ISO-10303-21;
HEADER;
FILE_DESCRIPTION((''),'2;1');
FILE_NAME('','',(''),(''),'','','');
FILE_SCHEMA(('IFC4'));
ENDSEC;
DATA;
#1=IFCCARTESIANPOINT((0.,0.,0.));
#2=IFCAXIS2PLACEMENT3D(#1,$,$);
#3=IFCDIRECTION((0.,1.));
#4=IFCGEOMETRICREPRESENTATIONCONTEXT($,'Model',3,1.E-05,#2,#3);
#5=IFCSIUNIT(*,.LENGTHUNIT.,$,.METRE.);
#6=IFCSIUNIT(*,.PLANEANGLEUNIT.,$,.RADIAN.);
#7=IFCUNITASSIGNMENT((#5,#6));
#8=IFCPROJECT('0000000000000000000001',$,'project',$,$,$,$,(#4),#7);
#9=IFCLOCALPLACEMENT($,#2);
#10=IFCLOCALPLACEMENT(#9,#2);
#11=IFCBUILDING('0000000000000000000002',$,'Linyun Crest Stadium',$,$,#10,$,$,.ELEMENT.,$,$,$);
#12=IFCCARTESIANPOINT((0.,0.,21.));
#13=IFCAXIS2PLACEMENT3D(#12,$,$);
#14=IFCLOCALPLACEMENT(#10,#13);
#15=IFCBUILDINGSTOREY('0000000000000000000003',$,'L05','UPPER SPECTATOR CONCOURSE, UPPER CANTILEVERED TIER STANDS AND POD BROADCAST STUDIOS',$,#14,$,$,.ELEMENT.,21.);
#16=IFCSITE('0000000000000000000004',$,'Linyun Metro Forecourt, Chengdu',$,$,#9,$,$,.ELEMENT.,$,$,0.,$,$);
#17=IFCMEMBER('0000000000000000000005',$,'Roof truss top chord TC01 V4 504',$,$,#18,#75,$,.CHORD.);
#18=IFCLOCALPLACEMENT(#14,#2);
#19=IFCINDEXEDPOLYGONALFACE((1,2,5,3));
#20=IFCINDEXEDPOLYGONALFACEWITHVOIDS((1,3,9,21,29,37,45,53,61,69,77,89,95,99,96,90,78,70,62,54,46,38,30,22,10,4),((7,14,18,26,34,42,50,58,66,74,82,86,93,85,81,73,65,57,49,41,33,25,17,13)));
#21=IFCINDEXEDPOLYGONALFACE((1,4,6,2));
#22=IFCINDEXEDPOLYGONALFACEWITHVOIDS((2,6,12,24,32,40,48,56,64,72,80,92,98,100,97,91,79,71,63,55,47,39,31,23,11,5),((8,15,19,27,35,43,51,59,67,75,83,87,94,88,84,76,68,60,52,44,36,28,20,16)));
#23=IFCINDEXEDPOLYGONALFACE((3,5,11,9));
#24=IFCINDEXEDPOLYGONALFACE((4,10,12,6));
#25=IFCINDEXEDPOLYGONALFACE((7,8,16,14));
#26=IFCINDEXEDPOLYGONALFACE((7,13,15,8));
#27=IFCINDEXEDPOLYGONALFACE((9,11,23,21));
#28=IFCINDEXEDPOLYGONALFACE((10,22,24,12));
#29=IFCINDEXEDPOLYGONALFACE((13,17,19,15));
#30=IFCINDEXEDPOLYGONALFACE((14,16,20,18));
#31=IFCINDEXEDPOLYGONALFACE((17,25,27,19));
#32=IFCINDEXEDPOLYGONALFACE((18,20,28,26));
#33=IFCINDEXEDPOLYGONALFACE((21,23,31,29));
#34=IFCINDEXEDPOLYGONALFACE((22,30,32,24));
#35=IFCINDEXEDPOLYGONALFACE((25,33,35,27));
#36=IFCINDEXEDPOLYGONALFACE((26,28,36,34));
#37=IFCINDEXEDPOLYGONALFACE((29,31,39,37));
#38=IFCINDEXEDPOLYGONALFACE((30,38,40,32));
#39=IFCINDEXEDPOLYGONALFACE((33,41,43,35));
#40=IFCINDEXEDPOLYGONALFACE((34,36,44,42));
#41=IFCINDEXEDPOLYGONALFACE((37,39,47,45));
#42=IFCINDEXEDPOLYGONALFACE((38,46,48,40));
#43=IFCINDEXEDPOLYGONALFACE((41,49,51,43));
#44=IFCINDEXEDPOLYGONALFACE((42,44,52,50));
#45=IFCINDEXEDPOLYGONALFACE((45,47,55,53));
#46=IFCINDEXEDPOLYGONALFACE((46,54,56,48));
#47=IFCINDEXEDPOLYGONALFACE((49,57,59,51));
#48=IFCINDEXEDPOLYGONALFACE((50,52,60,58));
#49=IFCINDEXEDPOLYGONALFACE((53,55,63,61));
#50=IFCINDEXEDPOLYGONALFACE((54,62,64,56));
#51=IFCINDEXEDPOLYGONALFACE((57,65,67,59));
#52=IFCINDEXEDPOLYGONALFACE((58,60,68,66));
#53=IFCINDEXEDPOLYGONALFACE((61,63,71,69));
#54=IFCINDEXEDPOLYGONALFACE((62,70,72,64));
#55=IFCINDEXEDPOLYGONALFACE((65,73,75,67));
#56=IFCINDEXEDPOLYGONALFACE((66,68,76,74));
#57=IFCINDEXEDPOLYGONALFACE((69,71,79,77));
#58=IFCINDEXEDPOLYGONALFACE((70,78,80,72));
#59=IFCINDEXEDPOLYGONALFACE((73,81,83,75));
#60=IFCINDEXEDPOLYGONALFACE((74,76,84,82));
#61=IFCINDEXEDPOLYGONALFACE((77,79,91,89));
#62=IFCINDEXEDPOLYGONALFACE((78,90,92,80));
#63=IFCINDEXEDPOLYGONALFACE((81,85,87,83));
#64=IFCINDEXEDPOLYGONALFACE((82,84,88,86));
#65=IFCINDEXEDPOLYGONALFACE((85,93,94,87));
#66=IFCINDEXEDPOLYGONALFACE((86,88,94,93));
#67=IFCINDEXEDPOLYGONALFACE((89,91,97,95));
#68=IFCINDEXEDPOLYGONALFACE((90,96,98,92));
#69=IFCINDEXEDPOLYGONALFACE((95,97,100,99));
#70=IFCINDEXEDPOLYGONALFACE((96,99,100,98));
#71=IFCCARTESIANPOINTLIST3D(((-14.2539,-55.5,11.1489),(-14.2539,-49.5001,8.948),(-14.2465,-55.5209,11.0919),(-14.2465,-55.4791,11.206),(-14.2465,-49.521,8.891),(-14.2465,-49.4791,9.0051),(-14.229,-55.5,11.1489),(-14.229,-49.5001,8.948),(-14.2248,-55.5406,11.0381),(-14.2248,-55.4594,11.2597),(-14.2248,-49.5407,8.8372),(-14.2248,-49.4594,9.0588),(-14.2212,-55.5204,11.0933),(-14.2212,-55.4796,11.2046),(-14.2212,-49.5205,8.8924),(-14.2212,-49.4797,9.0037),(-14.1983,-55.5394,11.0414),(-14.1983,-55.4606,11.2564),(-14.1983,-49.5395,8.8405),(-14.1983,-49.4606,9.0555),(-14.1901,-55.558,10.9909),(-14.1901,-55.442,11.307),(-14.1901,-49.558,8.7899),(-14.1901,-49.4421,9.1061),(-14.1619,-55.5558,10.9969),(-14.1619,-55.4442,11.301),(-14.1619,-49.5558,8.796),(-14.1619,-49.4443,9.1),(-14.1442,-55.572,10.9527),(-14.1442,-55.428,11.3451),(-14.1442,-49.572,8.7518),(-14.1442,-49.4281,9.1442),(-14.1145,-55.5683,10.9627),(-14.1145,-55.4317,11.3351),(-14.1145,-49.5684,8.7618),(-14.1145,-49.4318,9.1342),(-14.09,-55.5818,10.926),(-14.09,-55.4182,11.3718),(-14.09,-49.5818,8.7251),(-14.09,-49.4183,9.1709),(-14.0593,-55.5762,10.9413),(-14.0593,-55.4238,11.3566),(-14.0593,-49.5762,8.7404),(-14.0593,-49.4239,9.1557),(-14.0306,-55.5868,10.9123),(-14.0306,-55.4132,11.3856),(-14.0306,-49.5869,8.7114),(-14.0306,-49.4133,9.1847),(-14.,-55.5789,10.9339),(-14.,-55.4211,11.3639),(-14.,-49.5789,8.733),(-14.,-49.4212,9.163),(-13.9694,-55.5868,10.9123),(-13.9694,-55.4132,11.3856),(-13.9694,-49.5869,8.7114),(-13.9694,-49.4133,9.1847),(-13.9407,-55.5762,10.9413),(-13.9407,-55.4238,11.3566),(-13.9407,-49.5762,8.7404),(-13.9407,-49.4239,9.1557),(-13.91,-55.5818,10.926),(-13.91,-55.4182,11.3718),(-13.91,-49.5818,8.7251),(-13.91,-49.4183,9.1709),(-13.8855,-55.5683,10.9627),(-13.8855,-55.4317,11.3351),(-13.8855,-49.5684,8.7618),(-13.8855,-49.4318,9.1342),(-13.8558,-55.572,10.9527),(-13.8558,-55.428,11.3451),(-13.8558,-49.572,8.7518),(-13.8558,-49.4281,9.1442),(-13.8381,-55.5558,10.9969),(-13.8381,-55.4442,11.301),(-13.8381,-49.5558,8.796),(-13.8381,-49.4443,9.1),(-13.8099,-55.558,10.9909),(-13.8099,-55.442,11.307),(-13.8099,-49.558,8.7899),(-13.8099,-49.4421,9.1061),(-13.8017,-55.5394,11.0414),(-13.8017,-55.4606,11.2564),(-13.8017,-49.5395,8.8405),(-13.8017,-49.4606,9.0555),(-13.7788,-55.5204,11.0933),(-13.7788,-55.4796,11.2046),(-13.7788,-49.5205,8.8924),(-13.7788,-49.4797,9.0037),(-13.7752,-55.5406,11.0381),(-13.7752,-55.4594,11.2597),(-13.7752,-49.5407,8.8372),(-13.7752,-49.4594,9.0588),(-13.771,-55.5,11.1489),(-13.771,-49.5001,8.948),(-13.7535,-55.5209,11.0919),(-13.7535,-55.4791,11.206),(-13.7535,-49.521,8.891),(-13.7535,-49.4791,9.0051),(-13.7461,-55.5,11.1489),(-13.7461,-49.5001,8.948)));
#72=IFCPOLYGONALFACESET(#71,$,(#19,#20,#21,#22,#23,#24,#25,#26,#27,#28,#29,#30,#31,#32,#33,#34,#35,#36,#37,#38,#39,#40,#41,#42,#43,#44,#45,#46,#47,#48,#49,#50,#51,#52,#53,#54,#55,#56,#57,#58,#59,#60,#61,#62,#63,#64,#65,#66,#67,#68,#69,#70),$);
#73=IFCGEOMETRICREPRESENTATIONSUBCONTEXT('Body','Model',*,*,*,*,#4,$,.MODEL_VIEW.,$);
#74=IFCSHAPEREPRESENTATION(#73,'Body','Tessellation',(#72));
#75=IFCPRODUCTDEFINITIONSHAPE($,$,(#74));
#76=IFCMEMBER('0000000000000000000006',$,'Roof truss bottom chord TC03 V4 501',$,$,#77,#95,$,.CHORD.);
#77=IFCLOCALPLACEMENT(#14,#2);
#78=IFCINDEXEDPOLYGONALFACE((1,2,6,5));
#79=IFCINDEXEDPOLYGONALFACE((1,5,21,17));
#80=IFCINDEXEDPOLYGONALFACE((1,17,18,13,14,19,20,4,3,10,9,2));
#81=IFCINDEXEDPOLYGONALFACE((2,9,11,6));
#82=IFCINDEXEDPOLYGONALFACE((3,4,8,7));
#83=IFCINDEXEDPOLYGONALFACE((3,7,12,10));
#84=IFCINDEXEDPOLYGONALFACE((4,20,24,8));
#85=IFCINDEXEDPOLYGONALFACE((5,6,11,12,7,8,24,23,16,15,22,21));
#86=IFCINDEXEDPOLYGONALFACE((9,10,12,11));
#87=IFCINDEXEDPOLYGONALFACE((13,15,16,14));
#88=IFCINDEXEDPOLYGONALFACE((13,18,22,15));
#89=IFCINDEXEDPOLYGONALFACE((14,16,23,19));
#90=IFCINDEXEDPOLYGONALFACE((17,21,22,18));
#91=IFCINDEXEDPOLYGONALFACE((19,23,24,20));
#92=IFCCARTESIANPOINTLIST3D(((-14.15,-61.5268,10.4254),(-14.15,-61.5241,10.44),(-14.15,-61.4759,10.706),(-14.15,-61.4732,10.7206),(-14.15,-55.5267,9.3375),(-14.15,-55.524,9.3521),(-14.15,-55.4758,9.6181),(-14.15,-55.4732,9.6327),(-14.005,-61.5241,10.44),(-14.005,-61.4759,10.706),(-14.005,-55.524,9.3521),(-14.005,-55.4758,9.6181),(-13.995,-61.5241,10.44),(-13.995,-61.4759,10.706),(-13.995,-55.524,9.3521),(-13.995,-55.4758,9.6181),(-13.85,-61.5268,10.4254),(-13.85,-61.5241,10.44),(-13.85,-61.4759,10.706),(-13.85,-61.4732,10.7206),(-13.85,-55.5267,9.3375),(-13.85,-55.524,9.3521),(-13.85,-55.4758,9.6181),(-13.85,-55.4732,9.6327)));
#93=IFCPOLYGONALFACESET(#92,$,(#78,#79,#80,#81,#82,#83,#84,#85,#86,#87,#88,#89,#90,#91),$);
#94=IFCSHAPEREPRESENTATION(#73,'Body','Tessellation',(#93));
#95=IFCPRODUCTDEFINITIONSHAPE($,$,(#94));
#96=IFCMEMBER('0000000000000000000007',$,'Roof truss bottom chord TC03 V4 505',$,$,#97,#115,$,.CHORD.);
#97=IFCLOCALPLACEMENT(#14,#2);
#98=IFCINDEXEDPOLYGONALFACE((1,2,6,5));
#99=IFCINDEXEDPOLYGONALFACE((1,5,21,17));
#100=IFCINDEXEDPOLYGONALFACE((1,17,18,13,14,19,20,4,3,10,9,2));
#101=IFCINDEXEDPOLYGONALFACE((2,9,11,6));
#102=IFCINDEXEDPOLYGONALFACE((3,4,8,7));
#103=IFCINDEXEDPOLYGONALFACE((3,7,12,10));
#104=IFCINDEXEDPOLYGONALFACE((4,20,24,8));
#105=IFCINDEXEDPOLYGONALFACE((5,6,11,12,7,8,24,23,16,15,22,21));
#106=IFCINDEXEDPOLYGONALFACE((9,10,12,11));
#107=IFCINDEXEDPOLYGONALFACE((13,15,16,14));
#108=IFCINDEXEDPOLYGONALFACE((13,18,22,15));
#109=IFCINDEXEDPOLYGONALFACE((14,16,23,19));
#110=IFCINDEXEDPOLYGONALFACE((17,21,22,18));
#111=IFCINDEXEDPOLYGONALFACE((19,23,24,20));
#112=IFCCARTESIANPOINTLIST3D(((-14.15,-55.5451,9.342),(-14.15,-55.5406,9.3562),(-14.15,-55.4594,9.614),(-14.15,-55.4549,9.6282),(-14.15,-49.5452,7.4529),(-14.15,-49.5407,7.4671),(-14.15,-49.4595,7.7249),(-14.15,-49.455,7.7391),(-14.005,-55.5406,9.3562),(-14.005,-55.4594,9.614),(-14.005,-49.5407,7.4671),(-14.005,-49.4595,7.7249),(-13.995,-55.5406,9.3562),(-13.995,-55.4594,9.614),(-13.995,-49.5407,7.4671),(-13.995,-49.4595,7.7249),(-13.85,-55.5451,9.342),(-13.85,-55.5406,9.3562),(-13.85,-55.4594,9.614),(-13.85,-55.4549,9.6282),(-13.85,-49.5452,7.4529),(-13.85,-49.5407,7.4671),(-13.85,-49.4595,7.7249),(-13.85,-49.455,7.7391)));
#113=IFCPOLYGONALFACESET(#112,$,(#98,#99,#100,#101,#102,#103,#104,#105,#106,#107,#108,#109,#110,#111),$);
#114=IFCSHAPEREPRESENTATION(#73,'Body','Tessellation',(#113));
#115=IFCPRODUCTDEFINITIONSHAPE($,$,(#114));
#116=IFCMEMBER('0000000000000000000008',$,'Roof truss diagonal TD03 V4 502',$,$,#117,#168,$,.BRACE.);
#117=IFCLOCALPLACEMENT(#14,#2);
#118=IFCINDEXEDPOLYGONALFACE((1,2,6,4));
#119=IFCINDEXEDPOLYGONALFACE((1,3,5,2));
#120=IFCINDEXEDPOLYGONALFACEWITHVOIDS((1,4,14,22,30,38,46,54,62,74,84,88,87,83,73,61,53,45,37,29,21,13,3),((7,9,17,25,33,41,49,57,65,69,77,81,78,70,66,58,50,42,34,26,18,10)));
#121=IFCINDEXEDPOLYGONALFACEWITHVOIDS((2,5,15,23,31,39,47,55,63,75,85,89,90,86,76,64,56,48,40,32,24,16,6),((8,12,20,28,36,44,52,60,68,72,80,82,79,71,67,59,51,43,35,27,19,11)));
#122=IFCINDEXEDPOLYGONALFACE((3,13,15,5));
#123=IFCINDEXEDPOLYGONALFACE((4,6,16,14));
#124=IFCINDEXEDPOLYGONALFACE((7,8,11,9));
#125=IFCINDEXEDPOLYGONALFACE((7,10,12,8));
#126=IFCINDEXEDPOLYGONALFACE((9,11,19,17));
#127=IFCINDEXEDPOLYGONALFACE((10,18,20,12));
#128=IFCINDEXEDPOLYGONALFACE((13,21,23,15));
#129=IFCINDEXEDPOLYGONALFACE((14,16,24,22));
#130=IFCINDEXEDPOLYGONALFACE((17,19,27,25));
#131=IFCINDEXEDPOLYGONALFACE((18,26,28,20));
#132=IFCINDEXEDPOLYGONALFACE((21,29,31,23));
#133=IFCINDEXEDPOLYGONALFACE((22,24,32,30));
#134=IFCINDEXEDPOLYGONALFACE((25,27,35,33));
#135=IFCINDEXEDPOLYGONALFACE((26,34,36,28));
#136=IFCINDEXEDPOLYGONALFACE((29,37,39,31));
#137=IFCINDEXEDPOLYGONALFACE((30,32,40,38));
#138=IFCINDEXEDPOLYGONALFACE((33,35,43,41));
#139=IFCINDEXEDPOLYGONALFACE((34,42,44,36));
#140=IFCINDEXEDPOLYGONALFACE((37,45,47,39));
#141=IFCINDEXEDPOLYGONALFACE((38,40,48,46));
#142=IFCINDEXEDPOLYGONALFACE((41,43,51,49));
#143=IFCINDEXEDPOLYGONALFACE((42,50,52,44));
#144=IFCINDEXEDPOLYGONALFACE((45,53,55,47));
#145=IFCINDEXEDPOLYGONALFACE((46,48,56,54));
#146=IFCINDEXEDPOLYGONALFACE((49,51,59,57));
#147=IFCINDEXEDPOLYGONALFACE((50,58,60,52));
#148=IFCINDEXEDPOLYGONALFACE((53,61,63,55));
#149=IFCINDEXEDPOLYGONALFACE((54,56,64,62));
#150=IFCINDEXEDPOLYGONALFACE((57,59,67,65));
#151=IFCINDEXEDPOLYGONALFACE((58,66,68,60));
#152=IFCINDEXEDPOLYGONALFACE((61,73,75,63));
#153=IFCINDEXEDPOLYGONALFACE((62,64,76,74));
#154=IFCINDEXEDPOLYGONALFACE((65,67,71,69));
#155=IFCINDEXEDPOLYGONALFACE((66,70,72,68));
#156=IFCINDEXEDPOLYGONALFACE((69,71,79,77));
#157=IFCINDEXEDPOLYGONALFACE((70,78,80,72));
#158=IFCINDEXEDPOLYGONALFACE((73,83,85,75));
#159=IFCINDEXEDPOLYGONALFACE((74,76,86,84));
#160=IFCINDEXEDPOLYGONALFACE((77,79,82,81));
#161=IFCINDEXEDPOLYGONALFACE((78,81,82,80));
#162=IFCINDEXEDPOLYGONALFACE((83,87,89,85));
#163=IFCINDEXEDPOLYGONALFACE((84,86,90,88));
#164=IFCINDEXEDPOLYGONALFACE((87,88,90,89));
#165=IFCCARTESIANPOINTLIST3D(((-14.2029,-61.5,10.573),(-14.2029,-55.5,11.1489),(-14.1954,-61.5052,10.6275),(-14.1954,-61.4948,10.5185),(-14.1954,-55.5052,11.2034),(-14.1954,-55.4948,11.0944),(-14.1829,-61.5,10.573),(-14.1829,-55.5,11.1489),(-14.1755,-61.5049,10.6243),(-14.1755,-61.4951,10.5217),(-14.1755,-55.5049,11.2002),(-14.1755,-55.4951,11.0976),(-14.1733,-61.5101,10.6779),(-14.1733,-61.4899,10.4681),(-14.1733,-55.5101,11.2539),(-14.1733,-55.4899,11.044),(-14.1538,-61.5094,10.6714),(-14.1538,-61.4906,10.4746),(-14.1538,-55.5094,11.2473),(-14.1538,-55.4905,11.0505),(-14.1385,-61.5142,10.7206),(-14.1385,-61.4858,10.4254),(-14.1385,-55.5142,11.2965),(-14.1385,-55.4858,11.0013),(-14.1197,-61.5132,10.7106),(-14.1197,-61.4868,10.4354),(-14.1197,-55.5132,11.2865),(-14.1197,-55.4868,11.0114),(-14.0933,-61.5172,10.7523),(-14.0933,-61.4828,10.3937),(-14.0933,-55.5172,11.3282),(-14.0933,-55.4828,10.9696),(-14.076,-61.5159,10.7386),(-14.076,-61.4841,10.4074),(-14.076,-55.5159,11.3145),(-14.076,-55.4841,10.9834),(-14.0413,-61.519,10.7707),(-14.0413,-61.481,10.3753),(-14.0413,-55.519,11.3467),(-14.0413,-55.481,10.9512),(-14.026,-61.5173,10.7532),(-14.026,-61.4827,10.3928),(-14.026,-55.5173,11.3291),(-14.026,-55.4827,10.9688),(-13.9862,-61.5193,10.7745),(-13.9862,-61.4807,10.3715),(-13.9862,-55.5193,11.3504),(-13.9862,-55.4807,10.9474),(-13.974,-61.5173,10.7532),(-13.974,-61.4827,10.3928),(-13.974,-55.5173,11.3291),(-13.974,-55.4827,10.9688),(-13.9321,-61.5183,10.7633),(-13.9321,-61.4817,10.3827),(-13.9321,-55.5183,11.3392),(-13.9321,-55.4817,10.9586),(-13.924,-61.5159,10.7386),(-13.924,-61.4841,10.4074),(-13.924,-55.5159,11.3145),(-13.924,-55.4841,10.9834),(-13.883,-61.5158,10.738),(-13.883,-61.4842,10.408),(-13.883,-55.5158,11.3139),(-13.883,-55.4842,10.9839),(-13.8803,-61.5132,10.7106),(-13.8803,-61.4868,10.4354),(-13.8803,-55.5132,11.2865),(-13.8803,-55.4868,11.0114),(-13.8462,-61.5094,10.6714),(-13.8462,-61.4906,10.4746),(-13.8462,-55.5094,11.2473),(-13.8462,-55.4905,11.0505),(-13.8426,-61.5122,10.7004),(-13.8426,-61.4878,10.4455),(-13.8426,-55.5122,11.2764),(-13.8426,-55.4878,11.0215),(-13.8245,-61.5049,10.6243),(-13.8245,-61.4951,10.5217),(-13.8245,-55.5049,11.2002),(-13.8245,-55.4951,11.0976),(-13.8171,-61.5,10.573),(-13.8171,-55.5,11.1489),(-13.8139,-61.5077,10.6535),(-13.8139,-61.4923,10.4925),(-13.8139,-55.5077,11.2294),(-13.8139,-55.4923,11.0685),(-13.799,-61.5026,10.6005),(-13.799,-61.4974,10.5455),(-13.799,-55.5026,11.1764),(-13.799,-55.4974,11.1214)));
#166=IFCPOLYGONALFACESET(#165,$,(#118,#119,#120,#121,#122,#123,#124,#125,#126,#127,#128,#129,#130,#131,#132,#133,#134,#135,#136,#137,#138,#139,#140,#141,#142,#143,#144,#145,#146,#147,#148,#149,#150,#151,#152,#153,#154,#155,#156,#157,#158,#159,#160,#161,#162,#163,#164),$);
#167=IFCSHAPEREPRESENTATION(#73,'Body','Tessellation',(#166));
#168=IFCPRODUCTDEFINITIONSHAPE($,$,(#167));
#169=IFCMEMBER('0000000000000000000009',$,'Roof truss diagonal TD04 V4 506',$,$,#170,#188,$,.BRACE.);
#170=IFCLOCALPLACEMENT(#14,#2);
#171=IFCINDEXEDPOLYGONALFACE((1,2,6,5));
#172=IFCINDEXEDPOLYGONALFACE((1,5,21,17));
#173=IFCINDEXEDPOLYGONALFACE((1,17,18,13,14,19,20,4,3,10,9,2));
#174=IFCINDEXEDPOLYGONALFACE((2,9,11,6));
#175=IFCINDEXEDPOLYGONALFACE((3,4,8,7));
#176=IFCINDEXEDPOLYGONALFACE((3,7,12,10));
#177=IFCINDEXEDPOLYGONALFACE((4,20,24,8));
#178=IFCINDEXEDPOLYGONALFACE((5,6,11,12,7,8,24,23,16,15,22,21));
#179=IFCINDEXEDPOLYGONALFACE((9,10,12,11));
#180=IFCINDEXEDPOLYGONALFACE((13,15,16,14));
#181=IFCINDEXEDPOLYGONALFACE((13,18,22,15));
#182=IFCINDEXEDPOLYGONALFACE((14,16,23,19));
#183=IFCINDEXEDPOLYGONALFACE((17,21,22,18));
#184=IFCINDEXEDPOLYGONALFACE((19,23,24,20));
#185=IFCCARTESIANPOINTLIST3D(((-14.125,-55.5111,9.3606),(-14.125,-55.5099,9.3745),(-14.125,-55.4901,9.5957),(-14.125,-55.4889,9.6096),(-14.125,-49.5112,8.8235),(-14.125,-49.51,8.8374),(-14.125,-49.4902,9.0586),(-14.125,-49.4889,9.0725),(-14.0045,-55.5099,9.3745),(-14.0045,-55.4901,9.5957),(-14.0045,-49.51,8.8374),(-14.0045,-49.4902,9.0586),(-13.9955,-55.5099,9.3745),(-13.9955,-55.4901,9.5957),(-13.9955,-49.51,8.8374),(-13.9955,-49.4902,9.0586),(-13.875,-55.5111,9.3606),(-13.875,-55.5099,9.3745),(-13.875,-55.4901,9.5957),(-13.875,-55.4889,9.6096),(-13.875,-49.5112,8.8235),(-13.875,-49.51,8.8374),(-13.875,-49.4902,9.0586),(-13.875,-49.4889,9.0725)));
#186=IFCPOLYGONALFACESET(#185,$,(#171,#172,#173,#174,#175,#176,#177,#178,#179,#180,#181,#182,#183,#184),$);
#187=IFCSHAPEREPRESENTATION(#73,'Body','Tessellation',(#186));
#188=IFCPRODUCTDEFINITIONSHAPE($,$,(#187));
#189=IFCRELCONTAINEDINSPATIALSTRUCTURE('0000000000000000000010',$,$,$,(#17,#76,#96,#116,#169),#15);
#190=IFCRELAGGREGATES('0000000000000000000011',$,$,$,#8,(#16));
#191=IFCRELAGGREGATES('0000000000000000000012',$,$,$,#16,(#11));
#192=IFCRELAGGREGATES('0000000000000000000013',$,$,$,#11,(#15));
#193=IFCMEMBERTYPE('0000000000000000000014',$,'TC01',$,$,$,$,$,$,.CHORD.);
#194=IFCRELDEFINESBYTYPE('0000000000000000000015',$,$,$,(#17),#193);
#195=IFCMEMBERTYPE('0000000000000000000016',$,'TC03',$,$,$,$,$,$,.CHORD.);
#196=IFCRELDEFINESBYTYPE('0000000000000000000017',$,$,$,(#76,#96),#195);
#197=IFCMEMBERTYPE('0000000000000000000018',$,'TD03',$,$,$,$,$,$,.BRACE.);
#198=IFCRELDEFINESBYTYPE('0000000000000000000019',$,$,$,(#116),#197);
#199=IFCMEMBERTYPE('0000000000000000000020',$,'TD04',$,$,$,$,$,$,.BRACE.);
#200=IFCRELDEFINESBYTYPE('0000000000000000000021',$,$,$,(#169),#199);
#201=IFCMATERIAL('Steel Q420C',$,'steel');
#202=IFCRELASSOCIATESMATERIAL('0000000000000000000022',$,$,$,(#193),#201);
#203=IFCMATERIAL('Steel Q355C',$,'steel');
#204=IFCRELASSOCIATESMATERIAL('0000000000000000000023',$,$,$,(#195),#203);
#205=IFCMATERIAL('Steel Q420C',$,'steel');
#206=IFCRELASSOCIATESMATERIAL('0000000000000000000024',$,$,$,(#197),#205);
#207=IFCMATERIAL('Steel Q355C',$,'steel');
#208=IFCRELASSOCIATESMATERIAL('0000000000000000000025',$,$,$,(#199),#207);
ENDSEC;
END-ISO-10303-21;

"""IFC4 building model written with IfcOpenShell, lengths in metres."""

from ifc_helpers import new_model, si_unit, direction, frame, origin, origin_2d, place, context, subcontext, project, spatial, hollow_circle, i_section, extrude, material, material_profile, profile_set, type_object, element, save


model = new_model("IFC4")

# Units and contexts
model_context = context("Model", 3, precision=1e-05, world=origin(), true_north=direction((0.0, 1.0)))
body_context = subcontext(model_context, "Body", "Model", "MODEL_VIEW")
ifc_project = project(units=[si_unit("LENGTHUNIT", "METRE"), si_unit("PLANEANGLEUNIT", "RADIAN")], contexts=[model_context])

# Site, building, storey
site_placement = place(None, origin())
site = spatial("IfcSite", under=ifc_project, at=site_placement, Name="Linyun Metro Forecourt, Chengdu", CompositionType="ELEMENT", RefElevation=0.0)
building_placement = place(site_placement, origin())
building = spatial("IfcBuilding", under=site, at=building_placement, Name="Linyun Crest Stadium", CompositionType="ELEMENT")
storey_placement = place(building_placement, frame((0.0, 0.0, 21.0)))
storey = spatial("IfcBuildingStorey", under=building, at=storey_placement, Name="L05", Description="UPPER SPECTATOR CONCOURSE, UPPER CANTILEVERED TIER STANDS AND POD BROADCAST STUDIOS", CompositionType="ELEMENT", Elevation=21.0)

# Members
ifc_material_1 = material(Name="Steel Q420C", Category="steel")
ifc_material_profile_1 = material_profile(ifc_material_1, hollow_circle(Radius=0.2539, WallThickness=0.0249, at=origin_2d()), Name="CHS 508x25")
ifc_profile_set_1 = profile_set([ifc_material_profile_1], Name="Steel Q420C")
member_type_1 = type_object("IfcMemberType", Name="TC01", PredefinedType="CHORD", material=ifc_profile_set_1)
member_1_placement = place(storey_placement, frame((-14.0, -55.5, 11.1489), z_axis=(0.0, 0.938829, -0.344383), x_axis=(-1.0, 0.0, 0.0)))
element("IfcMember", 1, at=member_1_placement, inside=storey, type_object=member_type_1, Name="Roof truss top chord TC01 V4 504", PredefinedType="CHORD", context=body_context, shape_type="SweptSolid", body=[
    extrude(hollow_circle(Radius=0.2539, WallThickness=0.0249, at=origin_2d()), origin(), (0.0, 0.0, 1.0), 6.3909),
])
ifc_material_2 = material(Name="Steel Q355C", Category="steel")
ifc_material_profile_2 = material_profile(ifc_material_2, i_section(OverallWidth=0.3, OverallDepth=0.3, WebThickness=0.01, FlangeThickness=0.0149, at=origin_2d()), Name="HW 300x300")
ifc_profile_set_2 = profile_set([ifc_material_profile_2], Name="Steel Q355C")
member_type_2 = type_object("IfcMemberType", Name="TC03", PredefinedType="CHORD", material=ifc_profile_set_2)
member_2_placement = place(storey_placement, frame((-14.0, -61.5, 10.573), z_axis=(0.0, 0.983957, -0.178406), x_axis=(-1.0, 0.0, 0.0)))
element("IfcMember", 2, at=member_2_placement, inside=storey, type_object=member_type_2, Name="Roof truss bottom chord TC03 V4 501", PredefinedType="CHORD", context=body_context, shape_type="SweptSolid", body=[
    extrude(i_section(OverallWidth=0.3, OverallDepth=0.3, WebThickness=0.01, FlangeThickness=0.0149, at=origin_2d()), origin(), (0.0, 0.0, 1.0), 6.0979),
])
member_3_placement = place(storey_placement, frame((-14.0, -55.5, 9.4851), z_axis=(0.0, 0.953837, -0.300325), x_axis=(-1.0, 0.0, 0.0)))
element("IfcMember", 3, at=member_3_placement, inside=storey, type_object=member_type_2, Name="Roof truss bottom chord TC03 V4 505", PredefinedType="CHORD", context=body_context, shape_type="SweptSolid", body=[
    extrude(i_section(OverallWidth=0.3, OverallDepth=0.3, WebThickness=0.01, FlangeThickness=0.0149, at=origin_2d()), origin(), (0.0, 0.0, 1.0), 6.2903),
])
ifc_material_3 = material(Name="Steel Q420C", Category="steel")
ifc_material_profile_3 = material_profile(ifc_material_3, hollow_circle(Radius=0.2029, WallThickness=0.02, at=origin_2d()), Name="CHS 406x20")
ifc_profile_set_3 = profile_set([ifc_material_profile_3], Name="Steel Q420C")
member_type_3 = type_object("IfcMemberType", Name="TD03", PredefinedType="BRACE", material=ifc_profile_set_3)
member_4_placement = place(storey_placement, frame((-14.0, -61.5, 10.573), z_axis=(0.0, 0.995425, 0.095549), x_axis=(-1.0, 0.0, 0.0)))
element("IfcMember", 4, at=member_4_placement, inside=storey, type_object=member_type_3, Name="Roof truss diagonal TD03 V4 502", PredefinedType="BRACE", context=body_context, shape_type="SweptSolid", body=[
    extrude(hollow_circle(Radius=0.2029, WallThickness=0.02, at=origin_2d()), origin(), (0.0, 0.0, 1.0), 6.0276),
])
ifc_material_4 = material(Name="Steel Q355C", Category="steel")
ifc_material_profile_4 = material_profile(ifc_material_4, i_section(OverallWidth=0.25, OverallDepth=0.25, WebThickness=0.009, FlangeThickness=0.0139, at=origin_2d()), Name="HW 250x250")
ifc_profile_set_4 = profile_set([ifc_material_profile_4], Name="Steel Q355C")
member_type_4 = type_object("IfcMemberType", Name="TD04", PredefinedType="BRACE", material=ifc_profile_set_4)
member_5_placement = place(storey_placement, frame((-14.0, -55.5, 9.4851), z_axis=(0.0, 0.996017, -0.089162), x_axis=(-1.0, 0.0, 0.0)))
element("IfcMember", 5, at=member_5_placement, inside=storey, type_object=member_type_4, Name="Roof truss diagonal TD04 V4 506", PredefinedType="BRACE", context=body_context, shape_type="SweptSolid", body=[
    extrude(i_section(OverallWidth=0.25, OverallDepth=0.25, WebThickness=0.009, FlangeThickness=0.0139, at=origin_2d()), origin(), (0.0, 0.0, 1.0), 6.0239),
])

save(model, "model.ifc")
